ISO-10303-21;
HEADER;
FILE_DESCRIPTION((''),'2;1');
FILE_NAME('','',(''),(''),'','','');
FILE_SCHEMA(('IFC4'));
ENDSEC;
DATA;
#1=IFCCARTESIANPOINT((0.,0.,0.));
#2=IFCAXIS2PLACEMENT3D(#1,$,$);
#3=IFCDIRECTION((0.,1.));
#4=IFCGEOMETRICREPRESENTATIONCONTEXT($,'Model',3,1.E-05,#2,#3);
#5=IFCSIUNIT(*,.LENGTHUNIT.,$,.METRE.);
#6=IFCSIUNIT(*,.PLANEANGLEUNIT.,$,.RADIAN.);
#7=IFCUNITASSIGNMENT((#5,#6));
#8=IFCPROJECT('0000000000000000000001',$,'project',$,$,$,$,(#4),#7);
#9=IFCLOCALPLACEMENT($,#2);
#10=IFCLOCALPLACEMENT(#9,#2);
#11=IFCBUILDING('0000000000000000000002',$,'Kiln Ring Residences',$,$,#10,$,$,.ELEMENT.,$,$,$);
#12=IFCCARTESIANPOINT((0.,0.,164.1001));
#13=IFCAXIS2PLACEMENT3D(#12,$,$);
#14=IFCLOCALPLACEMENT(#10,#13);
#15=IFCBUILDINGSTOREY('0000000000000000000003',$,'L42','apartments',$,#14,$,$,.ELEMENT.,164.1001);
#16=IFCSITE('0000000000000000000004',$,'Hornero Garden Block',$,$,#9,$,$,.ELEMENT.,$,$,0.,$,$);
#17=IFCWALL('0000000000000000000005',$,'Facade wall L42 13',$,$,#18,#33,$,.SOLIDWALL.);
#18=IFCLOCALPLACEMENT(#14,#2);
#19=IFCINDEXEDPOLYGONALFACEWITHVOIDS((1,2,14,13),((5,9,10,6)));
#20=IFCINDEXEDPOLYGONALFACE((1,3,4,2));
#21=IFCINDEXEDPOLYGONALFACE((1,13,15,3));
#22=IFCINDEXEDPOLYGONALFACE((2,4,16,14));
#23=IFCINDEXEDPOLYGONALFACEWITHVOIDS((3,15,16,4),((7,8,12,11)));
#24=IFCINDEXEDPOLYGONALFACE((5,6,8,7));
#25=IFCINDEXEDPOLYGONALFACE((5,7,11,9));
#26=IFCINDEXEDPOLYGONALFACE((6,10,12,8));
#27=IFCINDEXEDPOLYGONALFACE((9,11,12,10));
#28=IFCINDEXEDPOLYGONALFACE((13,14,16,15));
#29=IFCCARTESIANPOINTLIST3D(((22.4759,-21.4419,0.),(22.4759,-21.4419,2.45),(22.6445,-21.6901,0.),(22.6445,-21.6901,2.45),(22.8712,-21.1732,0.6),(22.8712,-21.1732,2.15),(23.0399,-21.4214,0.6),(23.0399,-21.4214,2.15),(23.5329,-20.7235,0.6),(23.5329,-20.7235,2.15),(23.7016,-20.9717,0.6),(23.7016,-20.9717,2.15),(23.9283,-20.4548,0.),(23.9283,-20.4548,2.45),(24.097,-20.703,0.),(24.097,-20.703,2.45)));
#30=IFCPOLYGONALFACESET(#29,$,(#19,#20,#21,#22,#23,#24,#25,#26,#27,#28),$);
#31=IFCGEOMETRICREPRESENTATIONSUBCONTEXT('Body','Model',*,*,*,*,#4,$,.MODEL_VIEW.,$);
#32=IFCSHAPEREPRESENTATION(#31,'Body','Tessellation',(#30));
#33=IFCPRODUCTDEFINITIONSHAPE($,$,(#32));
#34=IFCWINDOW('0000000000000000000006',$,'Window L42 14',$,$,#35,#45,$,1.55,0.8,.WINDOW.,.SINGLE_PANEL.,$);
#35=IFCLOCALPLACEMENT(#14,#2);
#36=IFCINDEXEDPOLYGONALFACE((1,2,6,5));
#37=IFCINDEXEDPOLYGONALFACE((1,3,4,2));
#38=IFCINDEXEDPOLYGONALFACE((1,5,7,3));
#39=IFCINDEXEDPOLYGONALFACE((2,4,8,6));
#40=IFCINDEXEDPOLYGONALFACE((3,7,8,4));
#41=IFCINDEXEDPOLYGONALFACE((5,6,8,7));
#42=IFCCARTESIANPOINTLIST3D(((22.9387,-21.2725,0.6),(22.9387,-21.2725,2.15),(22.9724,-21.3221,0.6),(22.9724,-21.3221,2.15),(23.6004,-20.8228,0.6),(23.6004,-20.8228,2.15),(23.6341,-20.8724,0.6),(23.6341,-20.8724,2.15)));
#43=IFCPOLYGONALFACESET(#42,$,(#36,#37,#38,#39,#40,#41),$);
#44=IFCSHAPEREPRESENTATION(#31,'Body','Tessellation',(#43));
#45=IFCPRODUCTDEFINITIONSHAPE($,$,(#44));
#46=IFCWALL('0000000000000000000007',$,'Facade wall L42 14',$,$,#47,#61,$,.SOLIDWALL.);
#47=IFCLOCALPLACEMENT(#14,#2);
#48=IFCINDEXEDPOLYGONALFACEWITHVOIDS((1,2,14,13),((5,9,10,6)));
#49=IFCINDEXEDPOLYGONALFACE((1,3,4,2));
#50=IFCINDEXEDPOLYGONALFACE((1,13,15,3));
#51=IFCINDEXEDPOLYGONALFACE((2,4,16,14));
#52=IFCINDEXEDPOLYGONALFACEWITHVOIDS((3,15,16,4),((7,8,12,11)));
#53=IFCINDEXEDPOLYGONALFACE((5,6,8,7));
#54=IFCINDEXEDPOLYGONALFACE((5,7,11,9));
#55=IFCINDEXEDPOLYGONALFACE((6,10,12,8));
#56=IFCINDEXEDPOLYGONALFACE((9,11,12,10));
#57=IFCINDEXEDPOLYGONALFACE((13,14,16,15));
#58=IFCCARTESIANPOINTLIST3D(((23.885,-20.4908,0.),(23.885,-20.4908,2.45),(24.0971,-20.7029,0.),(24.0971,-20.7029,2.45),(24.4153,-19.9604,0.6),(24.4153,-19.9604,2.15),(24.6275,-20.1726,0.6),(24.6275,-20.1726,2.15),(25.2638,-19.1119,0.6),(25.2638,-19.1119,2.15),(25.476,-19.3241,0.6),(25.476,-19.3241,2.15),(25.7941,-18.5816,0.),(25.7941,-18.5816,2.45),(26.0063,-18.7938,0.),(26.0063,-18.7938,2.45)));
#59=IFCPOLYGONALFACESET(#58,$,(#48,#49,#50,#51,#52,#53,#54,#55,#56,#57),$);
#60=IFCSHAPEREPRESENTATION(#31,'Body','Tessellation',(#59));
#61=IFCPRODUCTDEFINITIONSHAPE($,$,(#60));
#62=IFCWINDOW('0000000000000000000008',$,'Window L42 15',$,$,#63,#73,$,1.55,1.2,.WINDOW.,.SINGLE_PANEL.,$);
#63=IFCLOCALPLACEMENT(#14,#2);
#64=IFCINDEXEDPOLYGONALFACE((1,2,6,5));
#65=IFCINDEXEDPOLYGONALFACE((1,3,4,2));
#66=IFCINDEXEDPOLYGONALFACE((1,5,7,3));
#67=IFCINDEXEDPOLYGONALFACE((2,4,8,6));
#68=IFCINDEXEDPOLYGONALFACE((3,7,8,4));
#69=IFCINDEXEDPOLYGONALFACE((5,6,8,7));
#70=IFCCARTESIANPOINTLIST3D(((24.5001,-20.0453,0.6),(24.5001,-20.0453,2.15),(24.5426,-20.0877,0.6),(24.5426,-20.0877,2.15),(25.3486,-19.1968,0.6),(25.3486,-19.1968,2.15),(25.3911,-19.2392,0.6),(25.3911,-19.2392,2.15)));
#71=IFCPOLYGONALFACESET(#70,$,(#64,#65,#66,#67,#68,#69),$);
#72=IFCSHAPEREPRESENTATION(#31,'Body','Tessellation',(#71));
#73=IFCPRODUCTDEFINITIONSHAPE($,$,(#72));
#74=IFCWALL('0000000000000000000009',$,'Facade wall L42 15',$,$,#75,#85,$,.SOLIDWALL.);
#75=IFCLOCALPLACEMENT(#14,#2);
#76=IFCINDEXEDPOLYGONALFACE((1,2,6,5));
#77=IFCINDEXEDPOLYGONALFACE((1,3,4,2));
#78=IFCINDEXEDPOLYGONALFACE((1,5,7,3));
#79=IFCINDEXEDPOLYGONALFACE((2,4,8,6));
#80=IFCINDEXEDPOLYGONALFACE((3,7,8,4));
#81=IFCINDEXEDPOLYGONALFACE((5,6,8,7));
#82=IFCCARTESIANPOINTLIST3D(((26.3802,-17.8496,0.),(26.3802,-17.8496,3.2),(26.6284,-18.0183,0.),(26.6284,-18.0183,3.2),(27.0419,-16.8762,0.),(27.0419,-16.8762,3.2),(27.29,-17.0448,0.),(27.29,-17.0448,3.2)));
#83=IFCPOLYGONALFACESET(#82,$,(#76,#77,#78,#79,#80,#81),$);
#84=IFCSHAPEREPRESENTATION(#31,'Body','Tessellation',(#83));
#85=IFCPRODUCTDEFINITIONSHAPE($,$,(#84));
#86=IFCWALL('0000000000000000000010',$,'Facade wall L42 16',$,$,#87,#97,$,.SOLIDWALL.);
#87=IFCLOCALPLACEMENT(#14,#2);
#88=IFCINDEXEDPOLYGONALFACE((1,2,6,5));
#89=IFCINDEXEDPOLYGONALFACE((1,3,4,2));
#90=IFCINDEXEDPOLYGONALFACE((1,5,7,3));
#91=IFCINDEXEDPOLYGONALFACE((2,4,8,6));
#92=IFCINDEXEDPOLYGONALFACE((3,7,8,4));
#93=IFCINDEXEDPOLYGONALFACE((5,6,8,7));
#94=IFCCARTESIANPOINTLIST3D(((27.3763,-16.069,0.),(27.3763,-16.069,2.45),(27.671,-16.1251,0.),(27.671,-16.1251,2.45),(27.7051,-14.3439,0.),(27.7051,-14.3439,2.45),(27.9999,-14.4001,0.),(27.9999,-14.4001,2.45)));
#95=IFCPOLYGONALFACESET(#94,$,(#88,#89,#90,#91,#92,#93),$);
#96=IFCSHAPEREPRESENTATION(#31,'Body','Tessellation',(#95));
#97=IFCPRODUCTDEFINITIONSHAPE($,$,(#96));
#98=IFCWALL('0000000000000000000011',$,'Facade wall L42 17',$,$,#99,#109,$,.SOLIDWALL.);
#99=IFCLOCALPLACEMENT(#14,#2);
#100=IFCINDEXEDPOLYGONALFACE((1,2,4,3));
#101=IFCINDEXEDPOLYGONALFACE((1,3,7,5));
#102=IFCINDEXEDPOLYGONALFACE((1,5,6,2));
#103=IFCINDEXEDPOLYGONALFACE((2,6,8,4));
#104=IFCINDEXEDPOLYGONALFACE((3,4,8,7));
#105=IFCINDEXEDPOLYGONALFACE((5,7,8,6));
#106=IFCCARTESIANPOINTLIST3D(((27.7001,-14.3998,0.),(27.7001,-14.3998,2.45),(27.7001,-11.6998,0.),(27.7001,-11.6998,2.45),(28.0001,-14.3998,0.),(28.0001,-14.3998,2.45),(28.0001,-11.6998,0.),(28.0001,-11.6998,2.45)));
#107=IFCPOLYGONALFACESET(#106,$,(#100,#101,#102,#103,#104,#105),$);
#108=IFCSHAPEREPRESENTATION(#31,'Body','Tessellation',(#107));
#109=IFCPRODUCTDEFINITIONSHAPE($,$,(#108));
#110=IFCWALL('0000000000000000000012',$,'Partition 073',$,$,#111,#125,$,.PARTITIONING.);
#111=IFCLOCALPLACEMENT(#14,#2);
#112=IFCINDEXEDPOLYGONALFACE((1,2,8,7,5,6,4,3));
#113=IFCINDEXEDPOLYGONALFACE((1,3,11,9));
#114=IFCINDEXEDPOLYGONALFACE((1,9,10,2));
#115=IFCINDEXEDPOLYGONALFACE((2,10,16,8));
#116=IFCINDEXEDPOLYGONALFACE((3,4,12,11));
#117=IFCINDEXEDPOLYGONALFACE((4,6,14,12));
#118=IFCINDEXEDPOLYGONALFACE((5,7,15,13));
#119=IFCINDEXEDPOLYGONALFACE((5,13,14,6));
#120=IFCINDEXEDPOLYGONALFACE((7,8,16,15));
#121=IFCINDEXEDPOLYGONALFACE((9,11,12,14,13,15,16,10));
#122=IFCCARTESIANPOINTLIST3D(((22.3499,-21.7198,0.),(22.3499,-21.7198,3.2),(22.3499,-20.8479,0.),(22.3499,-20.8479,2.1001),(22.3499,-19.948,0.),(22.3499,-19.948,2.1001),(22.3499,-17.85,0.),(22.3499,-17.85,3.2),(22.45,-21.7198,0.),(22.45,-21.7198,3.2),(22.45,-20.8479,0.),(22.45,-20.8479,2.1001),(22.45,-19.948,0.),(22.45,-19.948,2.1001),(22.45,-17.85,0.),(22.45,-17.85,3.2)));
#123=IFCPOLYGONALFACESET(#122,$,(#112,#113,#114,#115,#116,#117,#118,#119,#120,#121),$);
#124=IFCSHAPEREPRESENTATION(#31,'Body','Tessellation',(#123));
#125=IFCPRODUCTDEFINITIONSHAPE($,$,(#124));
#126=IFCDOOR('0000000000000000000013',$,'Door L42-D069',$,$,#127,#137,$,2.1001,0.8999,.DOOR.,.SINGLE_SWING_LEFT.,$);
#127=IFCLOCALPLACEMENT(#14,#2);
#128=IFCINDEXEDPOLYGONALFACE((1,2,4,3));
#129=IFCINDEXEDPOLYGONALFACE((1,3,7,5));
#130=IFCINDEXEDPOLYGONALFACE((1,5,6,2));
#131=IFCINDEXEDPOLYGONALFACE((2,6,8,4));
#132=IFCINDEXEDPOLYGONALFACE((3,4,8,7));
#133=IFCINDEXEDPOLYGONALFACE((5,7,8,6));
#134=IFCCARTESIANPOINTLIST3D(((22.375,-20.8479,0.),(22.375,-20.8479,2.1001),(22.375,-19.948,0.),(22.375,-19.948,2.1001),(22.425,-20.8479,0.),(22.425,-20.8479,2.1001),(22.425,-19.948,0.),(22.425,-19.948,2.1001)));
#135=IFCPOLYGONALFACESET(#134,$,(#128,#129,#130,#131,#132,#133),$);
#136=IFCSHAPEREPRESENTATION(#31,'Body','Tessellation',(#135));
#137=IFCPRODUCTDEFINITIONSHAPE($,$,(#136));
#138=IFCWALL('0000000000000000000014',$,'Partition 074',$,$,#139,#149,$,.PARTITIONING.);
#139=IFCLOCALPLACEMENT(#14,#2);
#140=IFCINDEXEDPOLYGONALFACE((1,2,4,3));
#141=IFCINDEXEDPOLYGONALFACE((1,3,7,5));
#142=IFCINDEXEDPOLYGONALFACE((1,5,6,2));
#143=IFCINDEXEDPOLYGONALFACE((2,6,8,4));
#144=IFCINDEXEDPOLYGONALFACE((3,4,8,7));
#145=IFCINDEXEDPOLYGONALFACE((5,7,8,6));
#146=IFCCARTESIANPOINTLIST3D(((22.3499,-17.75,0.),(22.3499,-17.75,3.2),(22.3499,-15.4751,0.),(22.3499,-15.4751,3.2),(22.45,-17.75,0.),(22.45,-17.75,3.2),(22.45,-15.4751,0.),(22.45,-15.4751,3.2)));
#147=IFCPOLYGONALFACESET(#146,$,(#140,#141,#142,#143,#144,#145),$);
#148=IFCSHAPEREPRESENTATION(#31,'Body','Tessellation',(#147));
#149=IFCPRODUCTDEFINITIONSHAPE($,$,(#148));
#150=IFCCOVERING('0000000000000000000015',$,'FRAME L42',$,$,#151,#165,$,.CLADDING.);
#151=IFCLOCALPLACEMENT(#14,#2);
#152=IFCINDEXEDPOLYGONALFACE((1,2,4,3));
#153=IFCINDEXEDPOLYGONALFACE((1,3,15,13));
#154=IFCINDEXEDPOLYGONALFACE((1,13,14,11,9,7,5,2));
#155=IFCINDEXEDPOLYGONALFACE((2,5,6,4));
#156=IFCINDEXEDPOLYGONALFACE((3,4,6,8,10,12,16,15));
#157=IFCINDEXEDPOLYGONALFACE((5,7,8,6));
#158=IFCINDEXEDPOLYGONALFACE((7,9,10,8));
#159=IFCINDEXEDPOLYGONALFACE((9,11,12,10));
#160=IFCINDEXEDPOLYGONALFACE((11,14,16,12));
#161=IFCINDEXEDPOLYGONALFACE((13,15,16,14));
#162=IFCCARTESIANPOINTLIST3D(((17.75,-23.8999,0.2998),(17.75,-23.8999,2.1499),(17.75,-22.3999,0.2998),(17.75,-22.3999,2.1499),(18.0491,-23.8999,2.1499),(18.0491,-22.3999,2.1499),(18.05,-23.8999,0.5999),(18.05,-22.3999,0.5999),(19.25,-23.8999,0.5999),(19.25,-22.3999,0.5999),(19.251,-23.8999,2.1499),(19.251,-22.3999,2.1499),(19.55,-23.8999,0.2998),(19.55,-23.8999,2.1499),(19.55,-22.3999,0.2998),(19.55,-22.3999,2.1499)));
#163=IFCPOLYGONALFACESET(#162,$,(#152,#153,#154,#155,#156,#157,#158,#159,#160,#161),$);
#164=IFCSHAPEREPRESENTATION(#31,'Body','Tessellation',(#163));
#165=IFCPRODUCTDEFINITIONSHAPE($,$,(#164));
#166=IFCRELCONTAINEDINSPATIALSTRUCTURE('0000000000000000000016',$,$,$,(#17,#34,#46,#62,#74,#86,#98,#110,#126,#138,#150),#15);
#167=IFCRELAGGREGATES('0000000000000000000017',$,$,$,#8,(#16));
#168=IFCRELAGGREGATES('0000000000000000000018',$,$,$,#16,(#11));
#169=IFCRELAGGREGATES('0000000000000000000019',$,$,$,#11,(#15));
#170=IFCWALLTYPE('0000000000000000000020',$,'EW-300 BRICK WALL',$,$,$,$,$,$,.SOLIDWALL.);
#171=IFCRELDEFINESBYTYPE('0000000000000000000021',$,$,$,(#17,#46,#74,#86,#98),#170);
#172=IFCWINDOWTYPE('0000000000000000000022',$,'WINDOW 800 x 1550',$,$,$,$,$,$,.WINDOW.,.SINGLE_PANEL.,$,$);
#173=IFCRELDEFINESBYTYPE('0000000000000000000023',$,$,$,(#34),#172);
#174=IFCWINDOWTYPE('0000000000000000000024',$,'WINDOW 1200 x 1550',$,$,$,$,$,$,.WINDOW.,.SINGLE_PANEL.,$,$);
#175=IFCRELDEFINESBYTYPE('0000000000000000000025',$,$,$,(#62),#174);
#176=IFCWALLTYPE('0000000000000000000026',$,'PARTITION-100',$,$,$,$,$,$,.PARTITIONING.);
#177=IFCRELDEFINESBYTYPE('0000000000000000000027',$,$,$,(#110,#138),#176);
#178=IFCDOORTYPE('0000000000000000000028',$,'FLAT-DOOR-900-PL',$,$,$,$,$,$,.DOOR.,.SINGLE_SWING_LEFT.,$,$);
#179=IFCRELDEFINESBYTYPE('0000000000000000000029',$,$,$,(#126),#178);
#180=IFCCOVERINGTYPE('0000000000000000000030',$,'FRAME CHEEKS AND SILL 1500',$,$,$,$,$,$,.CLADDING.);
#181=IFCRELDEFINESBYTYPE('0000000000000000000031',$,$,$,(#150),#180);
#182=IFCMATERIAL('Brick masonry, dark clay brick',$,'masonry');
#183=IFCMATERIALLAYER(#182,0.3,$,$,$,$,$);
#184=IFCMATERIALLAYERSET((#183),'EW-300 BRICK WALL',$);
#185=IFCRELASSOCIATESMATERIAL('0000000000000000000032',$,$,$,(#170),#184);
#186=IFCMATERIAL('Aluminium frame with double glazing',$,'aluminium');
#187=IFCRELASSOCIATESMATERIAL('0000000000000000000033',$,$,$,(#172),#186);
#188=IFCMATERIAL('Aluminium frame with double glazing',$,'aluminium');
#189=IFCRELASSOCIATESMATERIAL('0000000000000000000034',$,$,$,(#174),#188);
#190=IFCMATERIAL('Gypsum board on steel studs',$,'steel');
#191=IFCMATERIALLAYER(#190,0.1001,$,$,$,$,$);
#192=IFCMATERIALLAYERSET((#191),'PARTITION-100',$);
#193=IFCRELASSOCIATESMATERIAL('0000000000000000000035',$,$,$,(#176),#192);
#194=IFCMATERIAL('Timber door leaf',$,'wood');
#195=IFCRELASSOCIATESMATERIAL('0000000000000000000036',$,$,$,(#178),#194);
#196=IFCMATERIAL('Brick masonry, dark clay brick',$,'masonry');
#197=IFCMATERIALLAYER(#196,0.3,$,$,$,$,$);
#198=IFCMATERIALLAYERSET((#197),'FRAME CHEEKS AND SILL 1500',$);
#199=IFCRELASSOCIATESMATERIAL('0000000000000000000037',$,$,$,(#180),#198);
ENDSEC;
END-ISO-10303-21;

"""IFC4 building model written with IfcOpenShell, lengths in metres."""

from ifc_helpers import new_model, si_unit, direction, frame, frame_2d, origin, place, context, subcontext, project, spatial, polyline, rectangle, outline, extrude, material, layer, layer_set, type_object, element, fill, save


model = new_model("IFC4")

# Units and contexts
model_context = context("Model", 3, precision=1e-05, world=origin(), true_north=direction((0.0, 1.0)))
body_context = subcontext(model_context, "Body", "Model", "MODEL_VIEW")
ifc_project = project(units=[si_unit("LENGTHUNIT", "METRE"), si_unit("PLANEANGLEUNIT", "RADIAN")], contexts=[model_context])

# Site, building, storey
site_placement = place(None, origin())
site = spatial("IfcSite", under=ifc_project, at=site_placement, Name="Hornero Garden Block", CompositionType="ELEMENT", RefElevation=0.0)
building_placement = place(site_placement, origin())
building = spatial("IfcBuilding", under=site, at=building_placement, Name="Kiln Ring Residences", CompositionType="ELEMENT")
storey_placement = place(building_placement, frame((0.0, 0.0, 164.1001)))
storey = spatial("IfcBuildingStorey", under=building, at=storey_placement, Name="L42", Description="apartments", CompositionType="ELEMENT", Elevation=164.1001)

# Walls, openings, windows
ifc_material_1 = material(Name="Brick masonry, dark clay brick", Category="masonry")
ifc_layer_1 = layer(ifc_material_1, 0.3)
ifc_layer_set_1 = layer_set([ifc_layer_1], Name="EW-300 BRICK WALL")
wall_type_1 = type_object("IfcWallType", Name="EW-300 BRICK WALL", PredefinedType="SOLIDWALL", material=ifc_layer_set_1)
ifc_material_2 = material(Name="Aluminium frame with double glazing", Category="aluminium")
window_type_1 = type_object("IfcWindowType", Name="WINDOW 800 x 1550", PartitioningType="SINGLE_PANEL", PredefinedType="WINDOW", material=ifc_material_2)
wall_1_placement = place(storey_placement, frame((22.5603, -21.5659, 0.0), z_axis=(0.0, 0.0, 1.0), x_axis=(0.827076, 0.562089, 0.0)))
wall_1 = element("IfcWall", 1, at=wall_1_placement, inside=storey, type_object=wall_type_1, Name="Facade wall L42 13", PredefinedType="SOLIDWALL", context=body_context, shape_type="SweptSolid", body=[
    extrude(rectangle(XDim=1.7561, YDim=0.3, at=frame_2d((0.8779, 0.0))), origin(), (0.0, 0.0, 1.0), 2.45),
])
opening_1_placement = place(wall_1_placement, frame((0.478, 0.0, 0.6001)))
opening_1 = element("IfcOpeningElement", 2, at=opening_1_placement, cuts=wall_1, PredefinedType="OPENING", context=body_context, shape_type="SweptSolid", body=[
    extrude(rectangle(XDim=0.8, YDim=1.55, at=frame_2d((0.3999, 0.7749))), frame((0.0, 0.1599, 0.0), z_axis=(0.0, -1.0, 0.0), x_axis=(1.0, 0.0, 0.0)), (0.0, 0.0, 1.0), 0.3201),
])
window_1_placement = place(opening_1_placement, origin())
window_1 = element("IfcWindow", 3, at=window_1_placement, inside=storey, type_object=window_type_1, Name="Window L42 14", OverallHeight=1.55, OverallWidth=0.8, PartitioningType="SINGLE_PANEL", PredefinedType="WINDOW", context=body_context, shape_type="SweptSolid", body=[
    extrude(rectangle(XDim=0.8, YDim=1.55, at=frame_2d((0.3999, 0.7749))), frame((0.0, 0.03, 0.0), z_axis=(0.0, -1.0, 0.0), x_axis=(1.0, 0.0, 0.0)), (0.0, 0.0, 1.0), 0.0601),
])
fill(opening_1, window_1)
wall_2_placement = place(storey_placement, frame((23.991, -20.5969, 0.0), z_axis=(0.0, 0.0, 1.0), x_axis=(0.707107, 0.707107, 0.0)))
wall_2 = element("IfcWall", 4, at=wall_2_placement, inside=storey, type_object=wall_type_1, Name="Facade wall L42 14", PredefinedType="SOLIDWALL", context=body_context, shape_type="SweptSolid", body=[
    extrude(rectangle(XDim=2.7, YDim=0.3, at=frame_2d((1.3501, 0.0))), origin(), (0.0, 0.0, 1.0), 2.45),
])
opening_2_placement = place(wall_2_placement, frame((0.75, 0.0, 0.6001)))
opening_2 = element("IfcOpeningElement", 5, at=opening_2_placement, cuts=wall_2, PredefinedType="OPENING", context=body_context, shape_type="SweptSolid", body=[
    extrude(rectangle(XDim=1.2, YDim=1.55, at=frame_2d((0.6001, 0.7749))), frame((0.0, 0.1599, 0.0), z_axis=(0.0, -1.0, 0.0), x_axis=(1.0, 0.0, 0.0)), (0.0, 0.0, 1.0), 0.3201),
])
ifc_material_3 = material(Name="Aluminium frame with double glazing", Category="aluminium")
window_type_2 = type_object("IfcWindowType", Name="WINDOW 1200 x 1550", PartitioningType="SINGLE_PANEL", PredefinedType="WINDOW", material=ifc_material_3)
window_2_placement = place(opening_2_placement, origin())
window_2 = element("IfcWindow", 6, at=window_2_placement, inside=storey, type_object=window_type_2, Name="Window L42 15", OverallHeight=1.55, OverallWidth=1.2, PartitioningType="SINGLE_PANEL", PredefinedType="WINDOW", context=body_context, shape_type="SweptSolid", body=[
    extrude(rectangle(XDim=1.2, YDim=1.55, at=frame_2d((0.6001, 0.7749))), frame((0.0, 0.03, 0.0), z_axis=(0.0, -1.0, 0.0), x_axis=(1.0, 0.0, 0.0)), (0.0, 0.0, 1.0), 0.0601),
])
fill(opening_2, window_2)

# Walls
wall_3_placement = place(storey_placement, frame((26.5044, -17.9338, 0.0), z_axis=(0.0, 0.0, 1.0), x_axis=(0.562145, 0.827038, 0.0)))
element("IfcWall", 7, at=wall_3_placement, inside=storey, type_object=wall_type_1, Name="Facade wall L42 15", PredefinedType="SOLIDWALL", context=body_context, shape_type="SweptSolid", body=[
    extrude(rectangle(XDim=1.177, YDim=0.3, at=frame_2d((0.5884, 0.0))), origin(), (0.0, 0.0, 1.0), 3.2),
])
wall_4_placement = place(storey_placement, frame((27.5237, -16.0969, 0.0), z_axis=(0.0, 0.0, 1.0), x_axis=(0.187259, 0.982311, 0.0)))
element("IfcWall", 8, at=wall_4_placement, inside=storey, type_object=wall_type_1, Name="Facade wall L42 16", PredefinedType="SOLIDWALL", context=body_context, shape_type="SweptSolid", body=[
    extrude(rectangle(XDim=1.7561, YDim=0.3, at=frame_2d((0.8779, 0.0))), origin(), (0.0, 0.0, 1.0), 2.45),
])
wall_5_placement = place(storey_placement, frame((27.8501, -14.3999, 0.0), z_axis=(0.0, 0.0, 1.0), x_axis=(0.0, 1.0, 0.0)))
element("IfcWall", 9, at=wall_5_placement, inside=storey, type_object=wall_type_1, Name="Facade wall L42 17", PredefinedType="SOLIDWALL", context=body_context, shape_type="SweptSolid", body=[
    extrude(rectangle(XDim=2.7, YDim=0.3, at=frame_2d((1.3501, 0.0))), origin(), (0.0, 0.0, 1.0), 2.45),
])

# Wall, opening, door
ifc_material_4 = material(Name="Gypsum board on steel studs", Category="steel")
ifc_layer_2 = layer(ifc_material_4, 0.1001)
ifc_layer_set_2 = layer_set([ifc_layer_2], Name="PARTITION-100")
wall_type_2 = type_object("IfcWallType", Name="PARTITION-100", PredefinedType="PARTITIONING", material=ifc_layer_set_2)
wall_6_placement = place(storey_placement, frame((22.3999, -21.72, 0.0), z_axis=(0.0, 0.0, 1.0), x_axis=(0.0, 1.0, 0.0)))
wall_6 = element("IfcWall", 10, at=wall_6_placement, inside=storey, type_object=wall_type_2, Name="Partition 073", PredefinedType="PARTITIONING", context=body_context, shape_type="SweptSolid", body=[
    extrude(rectangle(XDim=3.8699, YDim=0.1001, at=frame_2d((1.9351, 0.0))), origin(), (0.0, 0.0, 1.0), 3.2),
])
opening_3_placement = place(wall_6_placement, frame((0.8721, 0.0, 0.0)))
opening_3 = element("IfcOpeningElement", 11, at=opening_3_placement, cuts=wall_6, PredefinedType="OPENING", context=body_context, shape_type="SweptSolid", body=[
    extrude(rectangle(XDim=0.8999, YDim=2.1001, at=frame_2d((0.45, 1.05))), frame((0.0, 0.0601, 0.0), z_axis=(0.0, -1.0, 0.0), x_axis=(1.0, 0.0, 0.0)), (0.0, 0.0, 1.0), 0.1201),
])
ifc_material_5 = material(Name="Timber door leaf", Category="wood")
door_type_1 = type_object("IfcDoorType", Name="FLAT-DOOR-900-PL", OperationType="SINGLE_SWING_LEFT", PredefinedType="DOOR", material=ifc_material_5)
door_1_placement = place(opening_3_placement, origin())
door_1 = element("IfcDoor", 12, at=door_1_placement, inside=storey, type_object=door_type_1, Name="Door L42-D069", OperationType="SINGLE_SWING_LEFT", OverallHeight=2.1001, OverallWidth=0.8999, PredefinedType="DOOR", context=body_context, shape_type="SweptSolid", body=[
    extrude(rectangle(XDim=0.8999, YDim=2.1001, at=frame_2d((0.45, 1.05))), frame((0.0, 0.0249, 0.0), z_axis=(0.0, -1.0, 0.0), x_axis=(1.0, 0.0, 0.0)), (0.0, 0.0, 1.0), 0.05),
])
fill(opening_3, door_1)

# Wall
wall_7_placement = place(storey_placement, frame((22.3999, -17.75, 0.0), z_axis=(0.0, 0.0, 1.0), x_axis=(0.0, 1.0, 0.0)))
element("IfcWall", 13, at=wall_7_placement, inside=storey, type_object=wall_type_2, Name="Partition 074", PredefinedType="PARTITIONING", context=body_context, shape_type="SweptSolid", body=[
    extrude(rectangle(XDim=2.2749, YDim=0.1001, at=frame_2d((1.1375, 0.0))), origin(), (0.0, 0.0, 1.0), 3.2),
])

# Covering
ifc_material_6 = material(Name="Brick masonry, dark clay brick", Category="masonry")
ifc_layer_3 = layer(ifc_material_6, 0.3)
ifc_layer_set_3 = layer_set([ifc_layer_3], Name="FRAME CHEEKS AND SILL 1500")
covering_type_1 = type_object("IfcCoveringType", Name="FRAME CHEEKS AND SILL 1500", PredefinedType="CLADDING", material=ifc_layer_set_3)
covering_1_placement = place(storey_placement, frame((17.75, -23.1499, 0.2998), z_axis=(0.0, 0.0, 1.0), x_axis=(1.0, 0.0, 0.0)))
element("IfcCovering", 14, at=covering_1_placement, inside=storey, type_object=covering_type_1, Name="FRAME L42", PredefinedType="CLADDING", context=body_context, shape_type="SweptSolid", body=[
    extrude(outline(polyline([(0.0, 0.0), (1.8, 0.0), (1.8, 1.8501), (1.501, 1.8501), (1.5, 0.3), (0.3, 0.3), (0.2991, 1.8501), (0.0, 1.8501), (0.0, 0.0)])), frame((0.0, 0.75, 0.0), z_axis=(0.0, -1.0, 0.0), x_axis=(1.0, 0.0, 0.0)), (0.0, 0.0, 1.0), 1.5),
])

save(model, "model.ifc")
